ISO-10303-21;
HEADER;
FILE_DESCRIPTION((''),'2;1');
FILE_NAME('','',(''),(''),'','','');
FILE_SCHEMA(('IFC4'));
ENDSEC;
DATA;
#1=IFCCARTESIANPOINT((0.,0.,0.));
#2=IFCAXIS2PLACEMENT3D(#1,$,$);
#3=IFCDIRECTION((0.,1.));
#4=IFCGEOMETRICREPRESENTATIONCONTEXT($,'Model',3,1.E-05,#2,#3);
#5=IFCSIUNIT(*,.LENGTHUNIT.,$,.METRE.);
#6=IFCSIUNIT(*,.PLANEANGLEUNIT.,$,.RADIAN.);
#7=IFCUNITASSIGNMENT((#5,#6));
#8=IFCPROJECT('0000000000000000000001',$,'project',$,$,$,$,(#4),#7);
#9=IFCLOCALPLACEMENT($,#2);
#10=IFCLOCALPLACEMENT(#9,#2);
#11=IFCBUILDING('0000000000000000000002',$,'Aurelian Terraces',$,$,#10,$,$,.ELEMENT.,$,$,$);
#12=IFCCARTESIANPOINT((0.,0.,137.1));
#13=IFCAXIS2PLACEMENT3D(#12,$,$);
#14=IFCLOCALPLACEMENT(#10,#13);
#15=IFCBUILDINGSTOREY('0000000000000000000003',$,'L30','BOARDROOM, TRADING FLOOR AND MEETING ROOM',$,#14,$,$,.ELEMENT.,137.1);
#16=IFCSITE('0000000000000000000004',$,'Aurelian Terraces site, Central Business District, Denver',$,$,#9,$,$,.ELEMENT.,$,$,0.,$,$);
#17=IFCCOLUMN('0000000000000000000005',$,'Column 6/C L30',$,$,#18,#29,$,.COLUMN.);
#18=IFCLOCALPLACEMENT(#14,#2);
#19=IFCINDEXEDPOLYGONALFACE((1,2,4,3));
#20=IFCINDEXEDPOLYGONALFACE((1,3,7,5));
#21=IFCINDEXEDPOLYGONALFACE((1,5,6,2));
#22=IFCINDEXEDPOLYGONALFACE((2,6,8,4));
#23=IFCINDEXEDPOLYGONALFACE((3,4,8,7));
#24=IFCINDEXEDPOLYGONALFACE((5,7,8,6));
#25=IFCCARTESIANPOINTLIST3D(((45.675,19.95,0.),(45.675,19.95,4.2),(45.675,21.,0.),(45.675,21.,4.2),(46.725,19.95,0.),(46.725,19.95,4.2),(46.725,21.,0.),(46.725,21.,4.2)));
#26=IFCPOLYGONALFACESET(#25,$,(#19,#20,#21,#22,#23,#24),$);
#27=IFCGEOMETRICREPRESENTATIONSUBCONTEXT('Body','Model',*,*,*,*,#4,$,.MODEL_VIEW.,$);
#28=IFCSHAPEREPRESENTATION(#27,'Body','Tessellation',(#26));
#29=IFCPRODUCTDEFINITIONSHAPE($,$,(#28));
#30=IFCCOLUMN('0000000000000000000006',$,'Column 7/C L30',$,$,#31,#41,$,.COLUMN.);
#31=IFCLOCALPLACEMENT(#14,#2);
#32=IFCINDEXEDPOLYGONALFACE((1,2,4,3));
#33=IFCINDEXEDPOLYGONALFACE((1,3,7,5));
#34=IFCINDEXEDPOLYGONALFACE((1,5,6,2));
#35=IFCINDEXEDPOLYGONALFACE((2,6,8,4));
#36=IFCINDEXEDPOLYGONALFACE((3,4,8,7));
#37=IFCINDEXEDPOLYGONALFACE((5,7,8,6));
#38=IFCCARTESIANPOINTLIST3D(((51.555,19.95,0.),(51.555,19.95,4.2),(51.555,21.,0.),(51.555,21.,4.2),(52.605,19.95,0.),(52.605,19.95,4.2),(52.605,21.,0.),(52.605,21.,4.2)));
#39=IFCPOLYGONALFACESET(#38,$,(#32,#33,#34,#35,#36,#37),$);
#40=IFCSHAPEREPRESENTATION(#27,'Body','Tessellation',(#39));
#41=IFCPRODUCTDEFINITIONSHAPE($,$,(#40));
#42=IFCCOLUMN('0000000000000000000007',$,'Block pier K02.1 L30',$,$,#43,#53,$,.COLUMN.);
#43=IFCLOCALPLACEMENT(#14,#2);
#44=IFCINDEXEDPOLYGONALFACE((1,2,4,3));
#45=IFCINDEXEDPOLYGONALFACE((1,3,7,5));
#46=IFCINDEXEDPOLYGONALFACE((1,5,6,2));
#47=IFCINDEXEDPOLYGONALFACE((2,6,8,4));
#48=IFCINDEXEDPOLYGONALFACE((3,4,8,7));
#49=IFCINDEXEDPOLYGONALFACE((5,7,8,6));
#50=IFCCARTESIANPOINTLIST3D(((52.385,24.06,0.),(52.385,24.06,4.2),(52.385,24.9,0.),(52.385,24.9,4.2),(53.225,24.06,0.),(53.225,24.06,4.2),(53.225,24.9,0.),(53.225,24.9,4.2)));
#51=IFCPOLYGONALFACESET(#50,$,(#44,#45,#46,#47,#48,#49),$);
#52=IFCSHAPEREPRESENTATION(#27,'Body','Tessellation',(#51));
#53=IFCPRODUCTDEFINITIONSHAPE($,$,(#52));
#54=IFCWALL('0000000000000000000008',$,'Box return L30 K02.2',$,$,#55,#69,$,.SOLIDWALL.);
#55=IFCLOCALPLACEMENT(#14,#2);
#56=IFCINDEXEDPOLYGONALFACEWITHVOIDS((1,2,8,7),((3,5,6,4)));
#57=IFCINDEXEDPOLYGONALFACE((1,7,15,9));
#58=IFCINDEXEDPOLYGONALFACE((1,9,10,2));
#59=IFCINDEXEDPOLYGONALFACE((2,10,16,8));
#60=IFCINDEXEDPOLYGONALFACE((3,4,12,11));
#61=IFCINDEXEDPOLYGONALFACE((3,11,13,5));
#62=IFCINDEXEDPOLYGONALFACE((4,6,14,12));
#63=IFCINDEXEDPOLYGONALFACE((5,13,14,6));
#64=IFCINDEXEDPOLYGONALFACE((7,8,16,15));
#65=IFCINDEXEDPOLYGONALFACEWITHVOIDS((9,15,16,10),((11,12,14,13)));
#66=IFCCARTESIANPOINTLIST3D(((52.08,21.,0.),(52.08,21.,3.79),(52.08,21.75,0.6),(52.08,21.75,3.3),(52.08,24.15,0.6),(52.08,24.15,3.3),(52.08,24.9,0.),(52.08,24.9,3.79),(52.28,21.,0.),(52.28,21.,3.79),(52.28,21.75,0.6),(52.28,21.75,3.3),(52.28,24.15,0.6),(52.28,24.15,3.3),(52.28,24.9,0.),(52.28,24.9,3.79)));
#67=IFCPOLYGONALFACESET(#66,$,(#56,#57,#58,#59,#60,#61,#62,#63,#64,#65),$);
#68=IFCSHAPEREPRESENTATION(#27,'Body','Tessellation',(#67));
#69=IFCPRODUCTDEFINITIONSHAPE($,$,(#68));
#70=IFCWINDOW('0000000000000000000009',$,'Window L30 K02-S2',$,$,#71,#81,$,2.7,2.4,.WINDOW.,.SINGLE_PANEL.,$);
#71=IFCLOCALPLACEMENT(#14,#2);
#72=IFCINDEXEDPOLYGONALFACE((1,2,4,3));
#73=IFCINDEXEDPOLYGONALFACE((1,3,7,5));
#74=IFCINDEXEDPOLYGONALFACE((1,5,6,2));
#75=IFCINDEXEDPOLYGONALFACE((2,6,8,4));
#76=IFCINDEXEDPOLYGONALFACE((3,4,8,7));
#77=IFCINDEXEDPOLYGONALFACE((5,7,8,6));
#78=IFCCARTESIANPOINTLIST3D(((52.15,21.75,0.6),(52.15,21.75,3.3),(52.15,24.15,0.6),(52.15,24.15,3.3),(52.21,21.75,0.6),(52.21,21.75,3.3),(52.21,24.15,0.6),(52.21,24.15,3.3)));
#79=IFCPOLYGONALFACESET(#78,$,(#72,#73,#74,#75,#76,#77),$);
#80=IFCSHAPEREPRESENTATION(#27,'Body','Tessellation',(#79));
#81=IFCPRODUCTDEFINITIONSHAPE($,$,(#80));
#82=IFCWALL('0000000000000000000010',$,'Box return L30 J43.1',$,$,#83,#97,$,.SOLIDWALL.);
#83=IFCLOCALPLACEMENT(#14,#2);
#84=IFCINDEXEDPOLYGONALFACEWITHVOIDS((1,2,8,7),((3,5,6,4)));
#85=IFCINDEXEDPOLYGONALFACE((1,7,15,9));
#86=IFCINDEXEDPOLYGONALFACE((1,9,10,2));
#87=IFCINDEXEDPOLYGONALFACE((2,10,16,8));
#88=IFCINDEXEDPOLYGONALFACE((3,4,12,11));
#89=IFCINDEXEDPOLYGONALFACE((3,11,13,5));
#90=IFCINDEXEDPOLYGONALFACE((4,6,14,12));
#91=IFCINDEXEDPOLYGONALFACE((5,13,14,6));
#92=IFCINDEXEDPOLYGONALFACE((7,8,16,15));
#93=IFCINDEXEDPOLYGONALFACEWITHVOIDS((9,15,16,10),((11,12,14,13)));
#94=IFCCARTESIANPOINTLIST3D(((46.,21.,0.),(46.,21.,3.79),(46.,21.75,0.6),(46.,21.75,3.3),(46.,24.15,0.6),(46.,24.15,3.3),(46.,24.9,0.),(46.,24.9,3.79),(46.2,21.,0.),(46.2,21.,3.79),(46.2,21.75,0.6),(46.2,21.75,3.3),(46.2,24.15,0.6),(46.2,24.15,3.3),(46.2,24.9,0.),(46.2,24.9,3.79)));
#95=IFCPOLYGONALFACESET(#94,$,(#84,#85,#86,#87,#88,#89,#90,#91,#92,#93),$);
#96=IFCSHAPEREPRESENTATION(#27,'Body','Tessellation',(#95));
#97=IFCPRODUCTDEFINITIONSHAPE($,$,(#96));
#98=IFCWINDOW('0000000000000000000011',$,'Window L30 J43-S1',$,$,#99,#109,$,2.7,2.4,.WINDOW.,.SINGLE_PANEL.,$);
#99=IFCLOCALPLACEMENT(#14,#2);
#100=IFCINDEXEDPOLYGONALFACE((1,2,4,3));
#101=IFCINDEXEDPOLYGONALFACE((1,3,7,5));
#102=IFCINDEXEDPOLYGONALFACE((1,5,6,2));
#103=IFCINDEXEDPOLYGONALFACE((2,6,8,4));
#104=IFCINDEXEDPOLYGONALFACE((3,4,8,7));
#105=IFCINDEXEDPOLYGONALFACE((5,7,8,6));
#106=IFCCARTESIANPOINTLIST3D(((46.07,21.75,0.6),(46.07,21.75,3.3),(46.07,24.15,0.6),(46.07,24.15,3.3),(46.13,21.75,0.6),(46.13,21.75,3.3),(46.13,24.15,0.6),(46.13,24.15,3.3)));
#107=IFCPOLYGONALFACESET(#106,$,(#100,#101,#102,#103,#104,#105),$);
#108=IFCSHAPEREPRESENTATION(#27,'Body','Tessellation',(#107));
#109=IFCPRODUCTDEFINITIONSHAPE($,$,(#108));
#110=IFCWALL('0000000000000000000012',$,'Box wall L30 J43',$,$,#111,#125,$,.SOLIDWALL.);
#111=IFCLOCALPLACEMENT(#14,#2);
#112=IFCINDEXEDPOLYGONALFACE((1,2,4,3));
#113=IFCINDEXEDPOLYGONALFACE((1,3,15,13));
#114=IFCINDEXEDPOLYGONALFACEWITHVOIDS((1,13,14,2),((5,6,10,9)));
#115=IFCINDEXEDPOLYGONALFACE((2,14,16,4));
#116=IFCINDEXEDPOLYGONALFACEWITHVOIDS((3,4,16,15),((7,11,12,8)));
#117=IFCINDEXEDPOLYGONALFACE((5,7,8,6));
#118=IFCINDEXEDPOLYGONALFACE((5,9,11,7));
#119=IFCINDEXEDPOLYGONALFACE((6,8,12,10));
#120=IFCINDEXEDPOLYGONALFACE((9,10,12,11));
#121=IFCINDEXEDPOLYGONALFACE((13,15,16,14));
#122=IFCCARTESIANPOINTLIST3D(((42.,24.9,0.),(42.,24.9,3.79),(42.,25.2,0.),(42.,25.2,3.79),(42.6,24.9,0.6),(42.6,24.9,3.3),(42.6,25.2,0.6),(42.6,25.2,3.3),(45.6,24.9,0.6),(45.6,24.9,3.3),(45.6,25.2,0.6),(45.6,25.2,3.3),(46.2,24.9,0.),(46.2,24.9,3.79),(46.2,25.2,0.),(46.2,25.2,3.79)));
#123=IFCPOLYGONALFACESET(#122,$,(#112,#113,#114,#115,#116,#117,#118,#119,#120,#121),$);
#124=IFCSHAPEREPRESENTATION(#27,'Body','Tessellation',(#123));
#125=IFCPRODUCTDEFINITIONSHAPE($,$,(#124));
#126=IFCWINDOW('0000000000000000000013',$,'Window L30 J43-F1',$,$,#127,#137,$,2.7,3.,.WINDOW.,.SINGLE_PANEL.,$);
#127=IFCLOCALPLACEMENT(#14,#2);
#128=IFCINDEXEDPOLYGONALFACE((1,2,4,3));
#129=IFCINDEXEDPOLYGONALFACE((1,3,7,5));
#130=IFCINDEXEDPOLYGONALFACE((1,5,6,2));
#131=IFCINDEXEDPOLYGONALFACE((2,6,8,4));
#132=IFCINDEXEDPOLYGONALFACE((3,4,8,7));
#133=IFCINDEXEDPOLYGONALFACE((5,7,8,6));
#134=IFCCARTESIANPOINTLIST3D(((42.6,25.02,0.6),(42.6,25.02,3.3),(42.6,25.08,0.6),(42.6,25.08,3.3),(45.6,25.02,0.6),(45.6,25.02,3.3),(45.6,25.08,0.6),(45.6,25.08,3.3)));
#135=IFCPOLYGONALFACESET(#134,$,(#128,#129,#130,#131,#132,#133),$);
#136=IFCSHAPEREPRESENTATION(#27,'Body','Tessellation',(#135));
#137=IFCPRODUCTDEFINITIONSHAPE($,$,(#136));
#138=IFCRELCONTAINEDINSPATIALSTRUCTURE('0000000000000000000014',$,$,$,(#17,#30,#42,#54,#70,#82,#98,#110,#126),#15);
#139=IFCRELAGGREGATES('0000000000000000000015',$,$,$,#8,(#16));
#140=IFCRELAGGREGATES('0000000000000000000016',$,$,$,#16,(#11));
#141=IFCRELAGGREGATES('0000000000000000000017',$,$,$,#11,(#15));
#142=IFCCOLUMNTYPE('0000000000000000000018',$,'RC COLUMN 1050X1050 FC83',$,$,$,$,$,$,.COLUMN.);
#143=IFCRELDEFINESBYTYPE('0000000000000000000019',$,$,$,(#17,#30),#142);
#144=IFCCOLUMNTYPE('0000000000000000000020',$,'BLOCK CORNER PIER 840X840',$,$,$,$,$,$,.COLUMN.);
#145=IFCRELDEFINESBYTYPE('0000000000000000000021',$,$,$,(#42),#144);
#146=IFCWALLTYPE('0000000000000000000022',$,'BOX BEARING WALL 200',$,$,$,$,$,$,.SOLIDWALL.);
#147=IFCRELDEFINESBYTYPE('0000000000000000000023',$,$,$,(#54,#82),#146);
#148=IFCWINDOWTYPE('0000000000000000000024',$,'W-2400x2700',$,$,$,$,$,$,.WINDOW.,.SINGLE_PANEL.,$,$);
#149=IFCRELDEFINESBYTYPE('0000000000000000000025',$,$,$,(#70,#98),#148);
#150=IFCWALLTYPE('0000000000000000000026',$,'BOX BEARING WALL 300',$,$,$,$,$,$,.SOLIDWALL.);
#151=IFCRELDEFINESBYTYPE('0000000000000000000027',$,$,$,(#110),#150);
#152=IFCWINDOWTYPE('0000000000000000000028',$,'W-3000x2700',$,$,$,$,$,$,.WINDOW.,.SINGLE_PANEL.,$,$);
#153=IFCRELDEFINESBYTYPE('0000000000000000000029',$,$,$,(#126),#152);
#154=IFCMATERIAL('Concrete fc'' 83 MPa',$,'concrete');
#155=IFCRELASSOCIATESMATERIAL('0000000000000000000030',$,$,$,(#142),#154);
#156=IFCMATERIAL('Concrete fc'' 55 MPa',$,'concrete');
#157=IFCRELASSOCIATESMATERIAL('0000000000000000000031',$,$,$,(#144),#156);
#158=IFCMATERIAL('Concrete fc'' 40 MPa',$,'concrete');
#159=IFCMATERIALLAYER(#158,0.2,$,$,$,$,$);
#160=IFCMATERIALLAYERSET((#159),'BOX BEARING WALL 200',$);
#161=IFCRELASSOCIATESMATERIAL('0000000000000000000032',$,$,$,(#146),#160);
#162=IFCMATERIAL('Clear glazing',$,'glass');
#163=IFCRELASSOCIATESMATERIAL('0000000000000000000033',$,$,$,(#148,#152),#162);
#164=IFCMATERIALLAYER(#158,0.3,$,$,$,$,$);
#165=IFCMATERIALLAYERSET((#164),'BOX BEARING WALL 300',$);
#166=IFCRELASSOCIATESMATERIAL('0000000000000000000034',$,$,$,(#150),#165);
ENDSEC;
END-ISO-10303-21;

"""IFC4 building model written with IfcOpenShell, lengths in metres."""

from ifc_helpers import new_model, si_unit, direction, frame, frame_2d, origin, origin_2d, place, context, subcontext, project, spatial, rectangle, extrude, source, transform, mapped, material, layer, layer_set, material_profile, profile_set, type_object, element, fill, save


model = new_model("IFC4")

# Units and contexts
model_context = context("Model", 3, precision=1e-05, world=origin(), true_north=direction((0.0, 1.0)))
body_context = subcontext(model_context, "Body", "Model", "MODEL_VIEW")
ifc_project = project(units=[si_unit("LENGTHUNIT", "METRE"), si_unit("PLANEANGLEUNIT", "RADIAN")], contexts=[model_context])

# Site, building, storey
site_placement = place(None, origin())
site = spatial("IfcSite", under=ifc_project, at=site_placement, Name="Aurelian Terraces site, Central Business District, Denver", CompositionType="ELEMENT", RefElevation=0.0)
building_placement = place(site_placement, origin())
building = spatial("IfcBuilding", under=site, at=building_placement, Name="Aurelian Terraces", CompositionType="ELEMENT")
storey_placement = place(building_placement, frame((0.0, 0.0, 137.1)))
storey = spatial("IfcBuildingStorey", under=building, at=storey_placement, Name="L30", Description="BOARDROOM, TRADING FLOOR AND MEETING ROOM", CompositionType="ELEMENT", Elevation=137.1)

# Columns
ifc_material_1 = material(Name="Concrete fc' 83 MPa", Category="concrete")
ifc_material_profile_1 = material_profile(ifc_material_1, rectangle(XDim=1.05, YDim=1.05, at=origin_2d()))
ifc_profile_set_1 = profile_set([ifc_material_profile_1], Name="Concrete fc' 83 MPa")
column_type_1 = type_object("IfcColumnType", Name="RC COLUMN 1050X1050 FC83", PredefinedType="COLUMN", material=ifc_profile_set_1)
shared_shape_1 = source(origin(), body_context, "Body", "SweptSolid", [
    extrude(rectangle(XDim=1.05, YDim=1.05, at=origin_2d()), origin(), (0.0, 0.0, 1.0), 4.2),
])
for number, where, z_axis, x_axis, name in (
    (1, (46.2, 20.475, 0.0), (0.0, 0.0, 1.0), (1.0, 0.0, 0.0), "Column 6/C L30"),
    (2, (52.08, 20.475, 0.0), (0.0, 0.0, 1.0), (1.0, 0.0, 0.0), "Column 7/C L30"),
):
    element("IfcColumn", number, at=place(storey_placement, frame(where, z_axis=z_axis, x_axis=x_axis)), inside=storey, type_object=column_type_1, Name=name, PredefinedType="COLUMN", context=body_context, shape_type="MappedRepresentation", body=[
        mapped(shared_shape_1, transform((0.0, 0.0, 0.0), scale=1.0)),
    ])
ifc_material_2 = material(Name="Concrete fc' 55 MPa", Category="concrete")
ifc_material_profile_2 = material_profile(ifc_material_2, rectangle(XDim=0.84, YDim=0.84, at=origin_2d()))
ifc_profile_set_2 = profile_set([ifc_material_profile_2], Name="Concrete fc' 55 MPa")
column_type_2 = type_object("IfcColumnType", Name="BLOCK CORNER PIER 840X840", PredefinedType="COLUMN", material=ifc_profile_set_2)
shared_shape_2 = source(origin(), body_context, "Body", "SweptSolid", [
    extrude(rectangle(XDim=0.84, YDim=0.84, at=origin_2d()), origin(), (0.0, 0.0, 1.0), 4.2),
])
column_placement = place(storey_placement, frame((52.805, 24.48, 0.0), z_axis=(0.0, 0.0, 1.0), x_axis=(1.0, 0.0, 0.0)))
element("IfcColumn", 3, at=column_placement, inside=storey, type_object=column_type_2, Name="Block pier K02.1 L30", PredefinedType="COLUMN", context=body_context, shape_type="MappedRepresentation", body=[
    mapped(shared_shape_2, transform((0.0, 0.0, 0.0), scale=1.0)),
])

# Walls, openings, windows
ifc_material_3 = material(Name="Concrete fc' 40 MPa", Category="concrete")
ifc_layer_1 = layer(ifc_material_3, 0.2)
ifc_layer_set_1 = layer_set([ifc_layer_1], Name="BOX BEARING WALL 200")
wall_type_1 = type_object("IfcWallType", Name="BOX BEARING WALL 200", PredefinedType="SOLIDWALL", material=ifc_layer_set_1)
shared_shape_3 = source(origin(), body_context, "Body", "SweptSolid", [
    extrude(rectangle(XDim=3.9, YDim=0.2, at=frame_2d((1.95, 0.0))), origin(), (0.0, 0.0, 1.0), 3.79),
])
wall_1_placement = place(storey_placement, frame((52.18, 21.0, 0.0), z_axis=(0.0, 0.0, 1.0), x_axis=(0.0, 1.0, 0.0)))
wall_1 = element("IfcWall", 4, at=wall_1_placement, inside=storey, type_object=wall_type_1, Name="Box return L30 K02.2", PredefinedType="SOLIDWALL", context=body_context, shape_type="MappedRepresentation", body=[
    mapped(shared_shape_3, transform((0.0, 0.0, 0.0), scale=1.0)),
])
shared_shape_4 = source(origin(), body_context, "Body", "SweptSolid", [
    extrude(rectangle(XDim=2.4, YDim=2.7, at=frame_2d((1.2, 1.35))), frame((0.0, 0.11, 0.0), z_axis=(0.0, -1.0, 0.0), x_axis=(1.0, 0.0, 0.0)), (0.0, 0.0, 1.0), 0.22),
])
opening_1_placement = place(wall_1_placement, frame((0.75, 0.0, 0.6)))
opening_1 = element("IfcOpeningElement", 5, at=opening_1_placement, cuts=wall_1, PredefinedType="OPENING", context=body_context, shape_type="MappedRepresentation", body=[
    mapped(shared_shape_4, transform((0.0, 0.0, 0.0), scale=1.0)),
])
ifc_material_4 = material(Name="Clear glazing", Category="glass")
window_type_1 = type_object("IfcWindowType", Name="W-2400x2700", PartitioningType="SINGLE_PANEL", PredefinedType="WINDOW", material=ifc_material_4)
shared_shape_5 = source(origin(), body_context, "Body", "SweptSolid", [
    extrude(rectangle(XDim=2.4, YDim=2.7, at=frame_2d((1.2, 1.35))), frame((0.0, 0.03, 0.0), z_axis=(0.0, -1.0, 0.0), x_axis=(1.0, 0.0, 0.0)), (0.0, 0.0, 1.0), 0.06),
])
window_1_placement = place(opening_1_placement, origin())
window_1 = element("IfcWindow", 6, at=window_1_placement, inside=storey, type_object=window_type_1, Name="Window L30 K02-S2", OverallHeight=2.7, OverallWidth=2.4, PartitioningType="SINGLE_PANEL", PredefinedType="WINDOW", context=body_context, shape_type="MappedRepresentation", body=[
    mapped(shared_shape_5, transform((0.0, 0.0, 0.0), scale=1.0)),
])
fill(opening_1, window_1)
wall_2_placement = place(storey_placement, frame((46.1, 21.0, 0.0), z_axis=(0.0, 0.0, 1.0), x_axis=(0.0, 1.0, 0.0)))
wall_2 = element("IfcWall", 7, at=wall_2_placement, inside=storey, type_object=wall_type_1, Name="Box return L30 J43.1", PredefinedType="SOLIDWALL", context=body_context, shape_type="MappedRepresentation", body=[
    mapped(shared_shape_3, transform((0.0, 0.0, 0.0), scale=1.0)),
])
opening_2_placement = place(wall_2_placement, frame((0.75, 0.0, 0.6)))
opening_2 = element("IfcOpeningElement", 8, at=opening_2_placement, cuts=wall_2, PredefinedType="OPENING", context=body_context, shape_type="MappedRepresentation", body=[
    mapped(shared_shape_4, transform((0.0, 0.0, 0.0), scale=1.0)),
])
window_2_placement = place(opening_2_placement, origin())
window_2 = element("IfcWindow", 9, at=window_2_placement, inside=storey, type_object=window_type_1, Name="Window L30 J43-S1", OverallHeight=2.7, OverallWidth=2.4, PartitioningType="SINGLE_PANEL", PredefinedType="WINDOW", context=body_context, shape_type="MappedRepresentation", body=[
    mapped(shared_shape_5, transform((0.0, 0.0, 0.0), scale=1.0)),
])
fill(opening_2, window_2)
ifc_layer_2 = layer(ifc_material_3, 0.3)
ifc_layer_set_2 = layer_set([ifc_layer_2], Name="BOX BEARING WALL 300")
wall_type_2 = type_object("IfcWallType", Name="BOX BEARING WALL 300", PredefinedType="SOLIDWALL", material=ifc_layer_set_2)
shared_shape_6 = source(origin(), body_context, "Body", "SweptSolid", [
    extrude(rectangle(XDim=4.2, YDim=0.3, at=frame_2d((2.1, 0.0))), origin(), (0.0, 0.0, 1.0), 3.79),
])
wall_3_placement = place(storey_placement, frame((46.2, 25.05, 0.0), z_axis=(0.0, 0.0, 1.0), x_axis=(-1.0, 0.0, 0.0)))
wall_3 = element("IfcWall", 10, at=wall_3_placement, inside=storey, type_object=wall_type_2, Name="Box wall L30 J43", PredefinedType="SOLIDWALL", context=body_context, shape_type="MappedRepresentation", body=[
    mapped(shared_shape_6, transform((0.0, 0.0, 0.0), scale=1.0)),
])
shared_shape_7 = source(origin(), body_context, "Body", "SweptSolid", [
    extrude(rectangle(XDim=3.0, YDim=2.7, at=frame_2d((1.5, 1.35))), frame((0.0, 0.16, 0.0), z_axis=(0.0, -1.0, 0.0), x_axis=(1.0, 0.0, 0.0)), (0.0, 0.0, 1.0), 0.32),
])
opening_3_placement = place(wall_3_placement, frame((0.6, 0.0, 0.6)))
opening_3 = element("IfcOpeningElement", 11, at=opening_3_placement, cuts=wall_3, PredefinedType="OPENING", context=body_context, shape_type="MappedRepresentation", body=[
    mapped(shared_shape_7, transform((0.0, 0.0, 0.0), scale=1.0)),
])
window_type_2 = type_object("IfcWindowType", Name="W-3000x2700", PartitioningType="SINGLE_PANEL", PredefinedType="WINDOW", material=ifc_material_4)
shared_shape_8 = source(origin(), body_context, "Body", "SweptSolid", [
    extrude(rectangle(XDim=3.0, YDim=2.7, at=frame_2d((1.5, 1.35))), frame((0.0, 0.03, 0.0), z_axis=(0.0, -1.0, 0.0), x_axis=(1.0, 0.0, 0.0)), (0.0, 0.0, 1.0), 0.06),
])
window_3_placement = place(opening_3_placement, origin())
window_3 = element("IfcWindow", 12, at=window_3_placement, inside=storey, type_object=window_type_2, Name="Window L30 J43-F1", OverallHeight=2.7, OverallWidth=3.0, PartitioningType="SINGLE_PANEL", PredefinedType="WINDOW", context=body_context, shape_type="MappedRepresentation", body=[
    mapped(shared_shape_8, transform((0.0, 0.0, 0.0), scale=1.0)),
])
fill(opening_3, window_3)

save(model, "model.ifc")
